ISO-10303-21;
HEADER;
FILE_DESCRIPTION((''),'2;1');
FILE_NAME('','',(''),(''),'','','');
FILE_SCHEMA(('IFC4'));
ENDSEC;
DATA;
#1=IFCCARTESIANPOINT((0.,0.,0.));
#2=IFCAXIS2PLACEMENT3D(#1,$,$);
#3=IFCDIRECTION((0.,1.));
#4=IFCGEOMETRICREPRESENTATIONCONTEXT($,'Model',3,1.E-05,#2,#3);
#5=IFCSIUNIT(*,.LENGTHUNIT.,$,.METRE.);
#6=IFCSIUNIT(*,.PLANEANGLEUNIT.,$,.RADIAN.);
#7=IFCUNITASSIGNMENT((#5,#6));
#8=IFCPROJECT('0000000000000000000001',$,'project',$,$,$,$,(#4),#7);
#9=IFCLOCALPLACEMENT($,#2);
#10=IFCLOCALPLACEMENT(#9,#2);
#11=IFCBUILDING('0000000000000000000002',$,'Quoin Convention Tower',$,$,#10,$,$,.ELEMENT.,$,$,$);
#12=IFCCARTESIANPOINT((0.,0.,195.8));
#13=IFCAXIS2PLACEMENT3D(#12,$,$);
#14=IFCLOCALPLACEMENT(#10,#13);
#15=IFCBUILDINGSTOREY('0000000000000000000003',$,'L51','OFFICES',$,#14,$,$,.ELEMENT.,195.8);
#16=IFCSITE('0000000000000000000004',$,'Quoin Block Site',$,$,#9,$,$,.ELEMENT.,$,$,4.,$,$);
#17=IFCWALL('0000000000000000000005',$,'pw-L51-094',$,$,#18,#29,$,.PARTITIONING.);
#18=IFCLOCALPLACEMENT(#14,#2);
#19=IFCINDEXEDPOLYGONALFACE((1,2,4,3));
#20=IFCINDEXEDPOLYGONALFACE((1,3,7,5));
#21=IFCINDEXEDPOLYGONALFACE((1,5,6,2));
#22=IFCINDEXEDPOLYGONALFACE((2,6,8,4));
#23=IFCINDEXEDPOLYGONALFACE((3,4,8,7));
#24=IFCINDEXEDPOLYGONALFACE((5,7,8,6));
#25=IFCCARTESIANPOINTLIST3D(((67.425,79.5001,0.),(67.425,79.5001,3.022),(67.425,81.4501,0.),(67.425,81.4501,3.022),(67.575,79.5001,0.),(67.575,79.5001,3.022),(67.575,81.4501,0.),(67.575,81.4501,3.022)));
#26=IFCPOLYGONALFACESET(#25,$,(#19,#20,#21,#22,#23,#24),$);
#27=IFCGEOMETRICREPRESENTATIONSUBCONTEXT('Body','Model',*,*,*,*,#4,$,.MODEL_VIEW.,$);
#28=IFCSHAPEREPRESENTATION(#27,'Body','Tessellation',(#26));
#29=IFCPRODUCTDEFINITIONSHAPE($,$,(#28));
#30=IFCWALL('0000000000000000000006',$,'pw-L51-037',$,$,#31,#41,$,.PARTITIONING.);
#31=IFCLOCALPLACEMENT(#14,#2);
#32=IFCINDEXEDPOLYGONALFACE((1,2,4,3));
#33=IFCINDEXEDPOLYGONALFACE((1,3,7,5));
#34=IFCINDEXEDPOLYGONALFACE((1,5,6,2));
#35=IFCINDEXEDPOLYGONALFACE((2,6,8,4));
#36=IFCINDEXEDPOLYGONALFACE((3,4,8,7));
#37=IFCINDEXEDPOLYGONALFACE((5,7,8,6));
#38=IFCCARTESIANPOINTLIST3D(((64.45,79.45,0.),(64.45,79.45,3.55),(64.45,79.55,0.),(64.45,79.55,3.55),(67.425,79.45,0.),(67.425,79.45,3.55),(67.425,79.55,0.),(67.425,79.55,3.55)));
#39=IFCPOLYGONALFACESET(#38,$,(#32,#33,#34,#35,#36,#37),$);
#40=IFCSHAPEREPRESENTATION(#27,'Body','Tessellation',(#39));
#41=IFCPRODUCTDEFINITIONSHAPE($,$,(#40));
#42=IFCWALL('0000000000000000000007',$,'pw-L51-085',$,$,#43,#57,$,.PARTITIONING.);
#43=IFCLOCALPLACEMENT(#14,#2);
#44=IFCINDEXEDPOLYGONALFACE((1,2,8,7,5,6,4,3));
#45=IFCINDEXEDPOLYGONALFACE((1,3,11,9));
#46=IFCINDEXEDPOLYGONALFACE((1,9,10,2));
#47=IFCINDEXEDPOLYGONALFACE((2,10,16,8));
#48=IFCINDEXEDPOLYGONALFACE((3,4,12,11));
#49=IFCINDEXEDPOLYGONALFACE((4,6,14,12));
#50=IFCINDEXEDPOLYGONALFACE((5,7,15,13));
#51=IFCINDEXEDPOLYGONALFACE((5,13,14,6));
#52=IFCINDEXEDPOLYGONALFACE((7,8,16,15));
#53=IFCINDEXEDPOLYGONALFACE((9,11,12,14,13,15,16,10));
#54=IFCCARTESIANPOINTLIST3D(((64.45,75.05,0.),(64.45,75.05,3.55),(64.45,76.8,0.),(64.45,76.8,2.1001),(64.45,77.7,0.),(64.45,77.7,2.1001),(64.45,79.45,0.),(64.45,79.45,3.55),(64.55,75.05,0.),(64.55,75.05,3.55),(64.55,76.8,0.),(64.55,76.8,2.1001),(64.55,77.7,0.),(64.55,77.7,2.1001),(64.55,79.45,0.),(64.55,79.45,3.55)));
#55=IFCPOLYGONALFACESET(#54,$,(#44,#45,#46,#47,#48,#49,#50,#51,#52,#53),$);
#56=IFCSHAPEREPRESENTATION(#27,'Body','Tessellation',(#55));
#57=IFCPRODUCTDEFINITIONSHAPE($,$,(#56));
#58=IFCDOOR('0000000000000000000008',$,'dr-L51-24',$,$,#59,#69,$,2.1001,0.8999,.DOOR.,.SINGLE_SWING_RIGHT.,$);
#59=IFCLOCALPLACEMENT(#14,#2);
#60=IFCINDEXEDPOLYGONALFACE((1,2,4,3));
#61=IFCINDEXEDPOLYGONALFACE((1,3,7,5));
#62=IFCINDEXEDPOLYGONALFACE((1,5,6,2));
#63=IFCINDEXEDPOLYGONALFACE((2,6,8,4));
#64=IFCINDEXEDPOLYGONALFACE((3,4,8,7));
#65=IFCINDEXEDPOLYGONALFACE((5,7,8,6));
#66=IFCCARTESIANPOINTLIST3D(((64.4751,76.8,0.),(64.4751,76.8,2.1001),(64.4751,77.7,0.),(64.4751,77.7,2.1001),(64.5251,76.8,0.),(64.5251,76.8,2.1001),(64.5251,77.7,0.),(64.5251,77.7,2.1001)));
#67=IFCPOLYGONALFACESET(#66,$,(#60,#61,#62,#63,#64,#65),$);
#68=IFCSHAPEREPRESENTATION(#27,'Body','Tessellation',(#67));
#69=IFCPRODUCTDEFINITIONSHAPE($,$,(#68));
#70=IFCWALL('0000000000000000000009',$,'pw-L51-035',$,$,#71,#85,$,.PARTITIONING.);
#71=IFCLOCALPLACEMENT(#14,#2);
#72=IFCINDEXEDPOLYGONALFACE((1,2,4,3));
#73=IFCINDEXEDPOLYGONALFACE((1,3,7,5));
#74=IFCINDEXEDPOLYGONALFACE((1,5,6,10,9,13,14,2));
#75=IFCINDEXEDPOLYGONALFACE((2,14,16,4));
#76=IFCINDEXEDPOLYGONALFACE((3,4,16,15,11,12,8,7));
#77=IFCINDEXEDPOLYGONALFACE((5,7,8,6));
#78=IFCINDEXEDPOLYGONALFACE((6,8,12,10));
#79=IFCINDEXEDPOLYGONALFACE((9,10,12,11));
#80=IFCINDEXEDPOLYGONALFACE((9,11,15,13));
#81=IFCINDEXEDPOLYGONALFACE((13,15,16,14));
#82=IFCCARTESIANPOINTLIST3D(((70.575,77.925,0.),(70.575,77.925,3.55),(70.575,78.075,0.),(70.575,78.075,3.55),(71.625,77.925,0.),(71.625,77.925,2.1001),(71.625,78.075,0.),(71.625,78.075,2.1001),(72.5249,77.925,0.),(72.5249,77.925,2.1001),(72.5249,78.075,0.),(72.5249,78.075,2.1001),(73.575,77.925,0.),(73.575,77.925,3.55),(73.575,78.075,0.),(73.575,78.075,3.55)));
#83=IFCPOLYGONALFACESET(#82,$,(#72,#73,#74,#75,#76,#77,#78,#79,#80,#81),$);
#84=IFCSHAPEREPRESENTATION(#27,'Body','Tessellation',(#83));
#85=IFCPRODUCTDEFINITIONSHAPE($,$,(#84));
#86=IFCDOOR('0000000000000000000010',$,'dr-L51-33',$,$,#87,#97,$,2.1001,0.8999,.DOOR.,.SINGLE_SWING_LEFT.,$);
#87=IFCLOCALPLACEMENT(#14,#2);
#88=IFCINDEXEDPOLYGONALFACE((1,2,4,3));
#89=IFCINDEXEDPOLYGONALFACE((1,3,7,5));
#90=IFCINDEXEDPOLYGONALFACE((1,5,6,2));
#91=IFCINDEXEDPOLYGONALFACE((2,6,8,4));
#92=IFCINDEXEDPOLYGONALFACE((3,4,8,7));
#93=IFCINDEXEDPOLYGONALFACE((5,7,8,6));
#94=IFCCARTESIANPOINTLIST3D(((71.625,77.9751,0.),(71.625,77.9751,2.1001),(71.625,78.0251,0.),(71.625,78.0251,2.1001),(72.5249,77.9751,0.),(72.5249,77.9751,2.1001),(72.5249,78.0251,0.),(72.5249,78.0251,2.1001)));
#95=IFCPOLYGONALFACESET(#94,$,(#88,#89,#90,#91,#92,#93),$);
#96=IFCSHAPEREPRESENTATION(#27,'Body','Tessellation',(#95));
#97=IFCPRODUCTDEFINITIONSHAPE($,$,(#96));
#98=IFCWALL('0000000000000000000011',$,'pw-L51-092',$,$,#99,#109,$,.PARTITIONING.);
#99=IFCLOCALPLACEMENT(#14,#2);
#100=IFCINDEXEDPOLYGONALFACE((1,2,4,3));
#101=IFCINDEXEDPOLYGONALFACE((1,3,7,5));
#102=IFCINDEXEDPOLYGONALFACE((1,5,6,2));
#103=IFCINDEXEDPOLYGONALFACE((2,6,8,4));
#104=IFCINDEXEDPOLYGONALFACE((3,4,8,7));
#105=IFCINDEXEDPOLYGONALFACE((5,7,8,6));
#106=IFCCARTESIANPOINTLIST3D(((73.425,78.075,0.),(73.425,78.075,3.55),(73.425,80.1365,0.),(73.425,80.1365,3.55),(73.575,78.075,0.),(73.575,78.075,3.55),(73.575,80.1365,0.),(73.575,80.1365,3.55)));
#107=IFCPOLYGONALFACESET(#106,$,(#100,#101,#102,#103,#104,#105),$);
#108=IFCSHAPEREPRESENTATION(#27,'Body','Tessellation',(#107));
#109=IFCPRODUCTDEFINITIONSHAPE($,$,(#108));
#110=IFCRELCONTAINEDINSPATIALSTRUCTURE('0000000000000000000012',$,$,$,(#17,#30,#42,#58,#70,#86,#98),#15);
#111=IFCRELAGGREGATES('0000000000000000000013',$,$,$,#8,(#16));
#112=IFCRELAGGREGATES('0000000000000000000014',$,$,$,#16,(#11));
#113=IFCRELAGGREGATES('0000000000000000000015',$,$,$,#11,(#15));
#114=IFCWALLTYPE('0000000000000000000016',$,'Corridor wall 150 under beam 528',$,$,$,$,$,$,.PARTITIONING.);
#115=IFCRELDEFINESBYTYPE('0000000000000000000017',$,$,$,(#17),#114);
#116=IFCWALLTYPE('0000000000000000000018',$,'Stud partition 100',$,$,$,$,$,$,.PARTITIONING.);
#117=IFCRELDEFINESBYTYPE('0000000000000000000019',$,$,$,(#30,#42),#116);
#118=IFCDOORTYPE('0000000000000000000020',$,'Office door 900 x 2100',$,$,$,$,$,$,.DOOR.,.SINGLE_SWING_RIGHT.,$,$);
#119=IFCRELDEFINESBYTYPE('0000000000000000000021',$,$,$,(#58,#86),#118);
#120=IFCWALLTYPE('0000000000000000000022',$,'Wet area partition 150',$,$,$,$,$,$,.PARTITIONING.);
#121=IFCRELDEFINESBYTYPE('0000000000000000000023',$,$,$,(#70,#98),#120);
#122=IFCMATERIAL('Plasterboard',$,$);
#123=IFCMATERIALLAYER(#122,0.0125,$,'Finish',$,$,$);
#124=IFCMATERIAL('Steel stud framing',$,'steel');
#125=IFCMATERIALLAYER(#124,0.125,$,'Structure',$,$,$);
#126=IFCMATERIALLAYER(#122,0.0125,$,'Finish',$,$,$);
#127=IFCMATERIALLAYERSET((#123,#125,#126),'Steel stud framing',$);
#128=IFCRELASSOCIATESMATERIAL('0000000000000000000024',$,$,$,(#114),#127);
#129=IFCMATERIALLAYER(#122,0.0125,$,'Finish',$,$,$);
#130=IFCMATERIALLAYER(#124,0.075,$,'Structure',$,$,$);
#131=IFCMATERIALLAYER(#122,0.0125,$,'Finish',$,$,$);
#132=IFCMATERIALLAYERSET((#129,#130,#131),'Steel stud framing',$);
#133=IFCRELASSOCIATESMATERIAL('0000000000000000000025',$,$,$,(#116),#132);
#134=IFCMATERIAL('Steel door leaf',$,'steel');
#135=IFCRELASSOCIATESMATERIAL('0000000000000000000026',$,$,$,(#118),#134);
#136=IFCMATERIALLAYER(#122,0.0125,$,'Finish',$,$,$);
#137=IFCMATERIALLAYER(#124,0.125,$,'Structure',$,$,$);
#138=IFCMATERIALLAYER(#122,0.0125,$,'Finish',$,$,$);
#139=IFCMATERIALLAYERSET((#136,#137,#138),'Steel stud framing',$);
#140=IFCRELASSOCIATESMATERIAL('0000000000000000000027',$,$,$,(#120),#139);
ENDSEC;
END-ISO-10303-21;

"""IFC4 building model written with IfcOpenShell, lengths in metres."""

from ifc_helpers import new_model, si_unit, direction, frame, frame_2d, origin, place, context, subcontext, project, spatial, rectangle, extrude, material, layer, layer_set, type_object, element, fill, save


model = new_model("IFC4")

# Units and contexts
model_context = context("Model", 3, precision=1e-05, world=origin(), true_north=direction((0.0, 1.0)))
body_context = subcontext(model_context, "Body", "Model", "MODEL_VIEW")
ifc_project = project(units=[si_unit("LENGTHUNIT", "METRE"), si_unit("PLANEANGLEUNIT", "RADIAN")], contexts=[model_context])

# Site, building, storey
site_placement = place(None, origin())
site = spatial("IfcSite", under=ifc_project, at=site_placement, Name="Quoin Block Site", CompositionType="ELEMENT", RefElevation=4.0)
building_placement = place(site_placement, origin())
building = spatial("IfcBuilding", under=site, at=building_placement, Name="Quoin Convention Tower", CompositionType="ELEMENT")
storey_placement = place(building_placement, frame((0.0, 0.0, 195.8)))
storey = spatial("IfcBuildingStorey", under=building, at=storey_placement, Name="L51", Description="OFFICES", CompositionType="ELEMENT", Elevation=195.8)

# Shared definitions
ifc_material_1 = material(Name="Plasterboard")
ifc_material_2 = material(Name="Steel stud framing", Category="steel")

# Shared definitions
ifc_layer_1 = layer(ifc_material_1, 0.0125, Name="Finish")
ifc_layer_2 = layer(ifc_material_2, 0.125, Name="Structure")
ifc_layer_3 = layer(ifc_material_1, 0.0125, Name="Finish")
ifc_layer_set_1 = layer_set([ifc_layer_1, ifc_layer_2, ifc_layer_3], Name="Steel stud framing")
wall_type_1 = type_object("IfcWallType", Name="Corridor wall 150 under beam 528", PredefinedType="PARTITIONING", material=ifc_layer_set_1)
ifc_material_3 = material(Name="Steel door leaf", Category="steel")

# Walls
wall_1_placement = place(storey_placement, frame((67.5, 79.5, 0.0), z_axis=(0.0, 0.0, 1.0), x_axis=(0.0, 1.0, 0.0)))
element("IfcWall", 1, at=wall_1_placement, inside=storey, type_object=wall_type_1, Name="pw-L51-094", PredefinedType="PARTITIONING", context=body_context, shape_type="SweptSolid", body=[
    extrude(rectangle(XDim=1.95, YDim=0.1499, at=frame_2d((0.9751, 0.0))), origin(), (0.0, 0.0, 1.0), 3.022),
])
ifc_layer_4 = layer(ifc_material_1, 0.0125, Name="Finish")
ifc_layer_5 = layer(ifc_material_2, 0.075, Name="Structure")
ifc_layer_6 = layer(ifc_material_1, 0.0125, Name="Finish")
ifc_layer_set_2 = layer_set([ifc_layer_4, ifc_layer_5, ifc_layer_6], Name="Steel stud framing")
wall_type_2 = type_object("IfcWallType", Name="Stud partition 100", PredefinedType="PARTITIONING", material=ifc_layer_set_2)
wall_2_placement = place(storey_placement, frame((64.45, 79.5, 0.0), z_axis=(0.0, 0.0, 1.0), x_axis=(1.0, 0.0, 0.0)))
element("IfcWall", 2, at=wall_2_placement, inside=storey, type_object=wall_type_2, Name="pw-L51-037", PredefinedType="PARTITIONING", context=body_context, shape_type="SweptSolid", body=[
    extrude(rectangle(XDim=2.9751, YDim=0.1001, at=frame_2d((1.4875, 0.0))), origin(), (0.0, 0.0, 1.0), 3.55),
])

# Walls, openings, doors
wall_3_placement = place(storey_placement, frame((64.5, 75.05, 0.0), z_axis=(0.0, 0.0, 1.0), x_axis=(0.0, 1.0, 0.0)))
wall_3 = element("IfcWall", 3, at=wall_3_placement, inside=storey, type_object=wall_type_2, Name="pw-L51-085", PredefinedType="PARTITIONING", context=body_context, shape_type="SweptSolid", body=[
    extrude(rectangle(XDim=4.3999, YDim=0.1001, at=frame_2d((2.2, 0.0))), origin(), (0.0, 0.0, 1.0), 3.55),
])
opening_1_placement = place(wall_3_placement, frame((1.75, 0.0, 0.0)))
opening_1 = element("IfcOpeningElement", 4, at=opening_1_placement, cuts=wall_3, PredefinedType="OPENING", context=body_context, shape_type="SweptSolid", body=[
    extrude(rectangle(XDim=0.8999, YDim=2.1001, at=frame_2d((0.45, 1.05))), frame((0.0, 0.0601, 0.0), z_axis=(0.0, -1.0, 0.0), x_axis=(1.0, 0.0, 0.0)), (0.0, 0.0, 1.0), 0.1201),
])
door_type_1 = type_object("IfcDoorType", Name="Office door 900 x 2100", OperationType="SINGLE_SWING_RIGHT", PredefinedType="DOOR", material=ifc_material_3)
door_1_placement = place(opening_1_placement, origin())
door_1 = element("IfcDoor", 5, at=door_1_placement, inside=storey, type_object=door_type_1, Name="dr-L51-24", OperationType="SINGLE_SWING_RIGHT", OverallHeight=2.1001, OverallWidth=0.8999, PredefinedType="DOOR", context=body_context, shape_type="SweptSolid", body=[
    extrude(rectangle(XDim=0.8999, YDim=2.1001, at=frame_2d((0.45, 1.05))), frame((0.0, 0.0249, 0.0), z_axis=(0.0, -1.0, 0.0), x_axis=(1.0, 0.0, 0.0)), (0.0, 0.0, 1.0), 0.05),
])
fill(opening_1, door_1)
ifc_layer_7 = layer(ifc_material_1, 0.0125, Name="Finish")
ifc_layer_8 = layer(ifc_material_2, 0.125, Name="Structure")
ifc_layer_9 = layer(ifc_material_1, 0.0125, Name="Finish")
ifc_layer_set_3 = layer_set([ifc_layer_7, ifc_layer_8, ifc_layer_9], Name="Steel stud framing")
wall_type_3 = type_object("IfcWallType", Name="Wet area partition 150", PredefinedType="PARTITIONING", material=ifc_layer_set_3)
wall_4_placement = place(storey_placement, frame((70.575, 78.0, 0.0), z_axis=(0.0, 0.0, 1.0), x_axis=(1.0, 0.0, 0.0)))
wall_4 = element("IfcWall", 6, at=wall_4_placement, inside=storey, type_object=wall_type_3, Name="pw-L51-035", PredefinedType="PARTITIONING", context=body_context, shape_type="SweptSolid", body=[
    extrude(rectangle(XDim=3.0, YDim=0.1499, at=frame_2d((1.5, 0.0))), origin(), (0.0, 0.0, 1.0), 3.55),
])
opening_2_placement = place(wall_4_placement, frame((1.05, 0.0, 0.0)))
opening_2 = element("IfcOpeningElement", 7, at=opening_2_placement, cuts=wall_4, PredefinedType="OPENING", context=body_context, shape_type="SweptSolid", body=[
    extrude(rectangle(XDim=0.8999, YDim=2.1001, at=frame_2d((0.45, 1.05))), frame((0.0, 0.085, 0.0), z_axis=(0.0, -1.0, 0.0), x_axis=(1.0, 0.0, 0.0)), (0.0, 0.0, 1.0), 0.1699),
])
door_2_placement = place(opening_2_placement, frame((0.8999, 0.0, 0.0), z_axis=(0.0, 0.0, 1.0), x_axis=(-1.0, 0.0, 0.0)))
door_2 = element("IfcDoor", 8, at=door_2_placement, inside=storey, type_object=door_type_1, Name="dr-L51-33", OperationType="SINGLE_SWING_LEFT", OverallHeight=2.1001, OverallWidth=0.8999, PredefinedType="DOOR", context=body_context, shape_type="SweptSolid", body=[
    extrude(rectangle(XDim=0.8999, YDim=2.1001, at=frame_2d((0.45, 1.05))), frame((0.0, 0.0249, 0.0), z_axis=(0.0, -1.0, 0.0), x_axis=(1.0, 0.0, 0.0)), (0.0, 0.0, 1.0), 0.05),
])
fill(opening_2, door_2)

# Wall
wall_5_placement = place(storey_placement, frame((73.5, 78.075, 0.0), z_axis=(0.0, 0.0, 1.0), x_axis=(0.0, 1.0, 0.0)))
element("IfcWall", 9, at=wall_5_placement, inside=storey, type_object=wall_type_3, Name="pw-L51-092", PredefinedType="PARTITIONING", context=body_context, shape_type="SweptSolid", body=[
    extrude(rectangle(XDim=2.0615, YDim=0.1499, at=frame_2d((1.0308, 0.0))), origin(), (0.0, 0.0, 1.0), 3.55),
])

save(model, "model.ifc")
